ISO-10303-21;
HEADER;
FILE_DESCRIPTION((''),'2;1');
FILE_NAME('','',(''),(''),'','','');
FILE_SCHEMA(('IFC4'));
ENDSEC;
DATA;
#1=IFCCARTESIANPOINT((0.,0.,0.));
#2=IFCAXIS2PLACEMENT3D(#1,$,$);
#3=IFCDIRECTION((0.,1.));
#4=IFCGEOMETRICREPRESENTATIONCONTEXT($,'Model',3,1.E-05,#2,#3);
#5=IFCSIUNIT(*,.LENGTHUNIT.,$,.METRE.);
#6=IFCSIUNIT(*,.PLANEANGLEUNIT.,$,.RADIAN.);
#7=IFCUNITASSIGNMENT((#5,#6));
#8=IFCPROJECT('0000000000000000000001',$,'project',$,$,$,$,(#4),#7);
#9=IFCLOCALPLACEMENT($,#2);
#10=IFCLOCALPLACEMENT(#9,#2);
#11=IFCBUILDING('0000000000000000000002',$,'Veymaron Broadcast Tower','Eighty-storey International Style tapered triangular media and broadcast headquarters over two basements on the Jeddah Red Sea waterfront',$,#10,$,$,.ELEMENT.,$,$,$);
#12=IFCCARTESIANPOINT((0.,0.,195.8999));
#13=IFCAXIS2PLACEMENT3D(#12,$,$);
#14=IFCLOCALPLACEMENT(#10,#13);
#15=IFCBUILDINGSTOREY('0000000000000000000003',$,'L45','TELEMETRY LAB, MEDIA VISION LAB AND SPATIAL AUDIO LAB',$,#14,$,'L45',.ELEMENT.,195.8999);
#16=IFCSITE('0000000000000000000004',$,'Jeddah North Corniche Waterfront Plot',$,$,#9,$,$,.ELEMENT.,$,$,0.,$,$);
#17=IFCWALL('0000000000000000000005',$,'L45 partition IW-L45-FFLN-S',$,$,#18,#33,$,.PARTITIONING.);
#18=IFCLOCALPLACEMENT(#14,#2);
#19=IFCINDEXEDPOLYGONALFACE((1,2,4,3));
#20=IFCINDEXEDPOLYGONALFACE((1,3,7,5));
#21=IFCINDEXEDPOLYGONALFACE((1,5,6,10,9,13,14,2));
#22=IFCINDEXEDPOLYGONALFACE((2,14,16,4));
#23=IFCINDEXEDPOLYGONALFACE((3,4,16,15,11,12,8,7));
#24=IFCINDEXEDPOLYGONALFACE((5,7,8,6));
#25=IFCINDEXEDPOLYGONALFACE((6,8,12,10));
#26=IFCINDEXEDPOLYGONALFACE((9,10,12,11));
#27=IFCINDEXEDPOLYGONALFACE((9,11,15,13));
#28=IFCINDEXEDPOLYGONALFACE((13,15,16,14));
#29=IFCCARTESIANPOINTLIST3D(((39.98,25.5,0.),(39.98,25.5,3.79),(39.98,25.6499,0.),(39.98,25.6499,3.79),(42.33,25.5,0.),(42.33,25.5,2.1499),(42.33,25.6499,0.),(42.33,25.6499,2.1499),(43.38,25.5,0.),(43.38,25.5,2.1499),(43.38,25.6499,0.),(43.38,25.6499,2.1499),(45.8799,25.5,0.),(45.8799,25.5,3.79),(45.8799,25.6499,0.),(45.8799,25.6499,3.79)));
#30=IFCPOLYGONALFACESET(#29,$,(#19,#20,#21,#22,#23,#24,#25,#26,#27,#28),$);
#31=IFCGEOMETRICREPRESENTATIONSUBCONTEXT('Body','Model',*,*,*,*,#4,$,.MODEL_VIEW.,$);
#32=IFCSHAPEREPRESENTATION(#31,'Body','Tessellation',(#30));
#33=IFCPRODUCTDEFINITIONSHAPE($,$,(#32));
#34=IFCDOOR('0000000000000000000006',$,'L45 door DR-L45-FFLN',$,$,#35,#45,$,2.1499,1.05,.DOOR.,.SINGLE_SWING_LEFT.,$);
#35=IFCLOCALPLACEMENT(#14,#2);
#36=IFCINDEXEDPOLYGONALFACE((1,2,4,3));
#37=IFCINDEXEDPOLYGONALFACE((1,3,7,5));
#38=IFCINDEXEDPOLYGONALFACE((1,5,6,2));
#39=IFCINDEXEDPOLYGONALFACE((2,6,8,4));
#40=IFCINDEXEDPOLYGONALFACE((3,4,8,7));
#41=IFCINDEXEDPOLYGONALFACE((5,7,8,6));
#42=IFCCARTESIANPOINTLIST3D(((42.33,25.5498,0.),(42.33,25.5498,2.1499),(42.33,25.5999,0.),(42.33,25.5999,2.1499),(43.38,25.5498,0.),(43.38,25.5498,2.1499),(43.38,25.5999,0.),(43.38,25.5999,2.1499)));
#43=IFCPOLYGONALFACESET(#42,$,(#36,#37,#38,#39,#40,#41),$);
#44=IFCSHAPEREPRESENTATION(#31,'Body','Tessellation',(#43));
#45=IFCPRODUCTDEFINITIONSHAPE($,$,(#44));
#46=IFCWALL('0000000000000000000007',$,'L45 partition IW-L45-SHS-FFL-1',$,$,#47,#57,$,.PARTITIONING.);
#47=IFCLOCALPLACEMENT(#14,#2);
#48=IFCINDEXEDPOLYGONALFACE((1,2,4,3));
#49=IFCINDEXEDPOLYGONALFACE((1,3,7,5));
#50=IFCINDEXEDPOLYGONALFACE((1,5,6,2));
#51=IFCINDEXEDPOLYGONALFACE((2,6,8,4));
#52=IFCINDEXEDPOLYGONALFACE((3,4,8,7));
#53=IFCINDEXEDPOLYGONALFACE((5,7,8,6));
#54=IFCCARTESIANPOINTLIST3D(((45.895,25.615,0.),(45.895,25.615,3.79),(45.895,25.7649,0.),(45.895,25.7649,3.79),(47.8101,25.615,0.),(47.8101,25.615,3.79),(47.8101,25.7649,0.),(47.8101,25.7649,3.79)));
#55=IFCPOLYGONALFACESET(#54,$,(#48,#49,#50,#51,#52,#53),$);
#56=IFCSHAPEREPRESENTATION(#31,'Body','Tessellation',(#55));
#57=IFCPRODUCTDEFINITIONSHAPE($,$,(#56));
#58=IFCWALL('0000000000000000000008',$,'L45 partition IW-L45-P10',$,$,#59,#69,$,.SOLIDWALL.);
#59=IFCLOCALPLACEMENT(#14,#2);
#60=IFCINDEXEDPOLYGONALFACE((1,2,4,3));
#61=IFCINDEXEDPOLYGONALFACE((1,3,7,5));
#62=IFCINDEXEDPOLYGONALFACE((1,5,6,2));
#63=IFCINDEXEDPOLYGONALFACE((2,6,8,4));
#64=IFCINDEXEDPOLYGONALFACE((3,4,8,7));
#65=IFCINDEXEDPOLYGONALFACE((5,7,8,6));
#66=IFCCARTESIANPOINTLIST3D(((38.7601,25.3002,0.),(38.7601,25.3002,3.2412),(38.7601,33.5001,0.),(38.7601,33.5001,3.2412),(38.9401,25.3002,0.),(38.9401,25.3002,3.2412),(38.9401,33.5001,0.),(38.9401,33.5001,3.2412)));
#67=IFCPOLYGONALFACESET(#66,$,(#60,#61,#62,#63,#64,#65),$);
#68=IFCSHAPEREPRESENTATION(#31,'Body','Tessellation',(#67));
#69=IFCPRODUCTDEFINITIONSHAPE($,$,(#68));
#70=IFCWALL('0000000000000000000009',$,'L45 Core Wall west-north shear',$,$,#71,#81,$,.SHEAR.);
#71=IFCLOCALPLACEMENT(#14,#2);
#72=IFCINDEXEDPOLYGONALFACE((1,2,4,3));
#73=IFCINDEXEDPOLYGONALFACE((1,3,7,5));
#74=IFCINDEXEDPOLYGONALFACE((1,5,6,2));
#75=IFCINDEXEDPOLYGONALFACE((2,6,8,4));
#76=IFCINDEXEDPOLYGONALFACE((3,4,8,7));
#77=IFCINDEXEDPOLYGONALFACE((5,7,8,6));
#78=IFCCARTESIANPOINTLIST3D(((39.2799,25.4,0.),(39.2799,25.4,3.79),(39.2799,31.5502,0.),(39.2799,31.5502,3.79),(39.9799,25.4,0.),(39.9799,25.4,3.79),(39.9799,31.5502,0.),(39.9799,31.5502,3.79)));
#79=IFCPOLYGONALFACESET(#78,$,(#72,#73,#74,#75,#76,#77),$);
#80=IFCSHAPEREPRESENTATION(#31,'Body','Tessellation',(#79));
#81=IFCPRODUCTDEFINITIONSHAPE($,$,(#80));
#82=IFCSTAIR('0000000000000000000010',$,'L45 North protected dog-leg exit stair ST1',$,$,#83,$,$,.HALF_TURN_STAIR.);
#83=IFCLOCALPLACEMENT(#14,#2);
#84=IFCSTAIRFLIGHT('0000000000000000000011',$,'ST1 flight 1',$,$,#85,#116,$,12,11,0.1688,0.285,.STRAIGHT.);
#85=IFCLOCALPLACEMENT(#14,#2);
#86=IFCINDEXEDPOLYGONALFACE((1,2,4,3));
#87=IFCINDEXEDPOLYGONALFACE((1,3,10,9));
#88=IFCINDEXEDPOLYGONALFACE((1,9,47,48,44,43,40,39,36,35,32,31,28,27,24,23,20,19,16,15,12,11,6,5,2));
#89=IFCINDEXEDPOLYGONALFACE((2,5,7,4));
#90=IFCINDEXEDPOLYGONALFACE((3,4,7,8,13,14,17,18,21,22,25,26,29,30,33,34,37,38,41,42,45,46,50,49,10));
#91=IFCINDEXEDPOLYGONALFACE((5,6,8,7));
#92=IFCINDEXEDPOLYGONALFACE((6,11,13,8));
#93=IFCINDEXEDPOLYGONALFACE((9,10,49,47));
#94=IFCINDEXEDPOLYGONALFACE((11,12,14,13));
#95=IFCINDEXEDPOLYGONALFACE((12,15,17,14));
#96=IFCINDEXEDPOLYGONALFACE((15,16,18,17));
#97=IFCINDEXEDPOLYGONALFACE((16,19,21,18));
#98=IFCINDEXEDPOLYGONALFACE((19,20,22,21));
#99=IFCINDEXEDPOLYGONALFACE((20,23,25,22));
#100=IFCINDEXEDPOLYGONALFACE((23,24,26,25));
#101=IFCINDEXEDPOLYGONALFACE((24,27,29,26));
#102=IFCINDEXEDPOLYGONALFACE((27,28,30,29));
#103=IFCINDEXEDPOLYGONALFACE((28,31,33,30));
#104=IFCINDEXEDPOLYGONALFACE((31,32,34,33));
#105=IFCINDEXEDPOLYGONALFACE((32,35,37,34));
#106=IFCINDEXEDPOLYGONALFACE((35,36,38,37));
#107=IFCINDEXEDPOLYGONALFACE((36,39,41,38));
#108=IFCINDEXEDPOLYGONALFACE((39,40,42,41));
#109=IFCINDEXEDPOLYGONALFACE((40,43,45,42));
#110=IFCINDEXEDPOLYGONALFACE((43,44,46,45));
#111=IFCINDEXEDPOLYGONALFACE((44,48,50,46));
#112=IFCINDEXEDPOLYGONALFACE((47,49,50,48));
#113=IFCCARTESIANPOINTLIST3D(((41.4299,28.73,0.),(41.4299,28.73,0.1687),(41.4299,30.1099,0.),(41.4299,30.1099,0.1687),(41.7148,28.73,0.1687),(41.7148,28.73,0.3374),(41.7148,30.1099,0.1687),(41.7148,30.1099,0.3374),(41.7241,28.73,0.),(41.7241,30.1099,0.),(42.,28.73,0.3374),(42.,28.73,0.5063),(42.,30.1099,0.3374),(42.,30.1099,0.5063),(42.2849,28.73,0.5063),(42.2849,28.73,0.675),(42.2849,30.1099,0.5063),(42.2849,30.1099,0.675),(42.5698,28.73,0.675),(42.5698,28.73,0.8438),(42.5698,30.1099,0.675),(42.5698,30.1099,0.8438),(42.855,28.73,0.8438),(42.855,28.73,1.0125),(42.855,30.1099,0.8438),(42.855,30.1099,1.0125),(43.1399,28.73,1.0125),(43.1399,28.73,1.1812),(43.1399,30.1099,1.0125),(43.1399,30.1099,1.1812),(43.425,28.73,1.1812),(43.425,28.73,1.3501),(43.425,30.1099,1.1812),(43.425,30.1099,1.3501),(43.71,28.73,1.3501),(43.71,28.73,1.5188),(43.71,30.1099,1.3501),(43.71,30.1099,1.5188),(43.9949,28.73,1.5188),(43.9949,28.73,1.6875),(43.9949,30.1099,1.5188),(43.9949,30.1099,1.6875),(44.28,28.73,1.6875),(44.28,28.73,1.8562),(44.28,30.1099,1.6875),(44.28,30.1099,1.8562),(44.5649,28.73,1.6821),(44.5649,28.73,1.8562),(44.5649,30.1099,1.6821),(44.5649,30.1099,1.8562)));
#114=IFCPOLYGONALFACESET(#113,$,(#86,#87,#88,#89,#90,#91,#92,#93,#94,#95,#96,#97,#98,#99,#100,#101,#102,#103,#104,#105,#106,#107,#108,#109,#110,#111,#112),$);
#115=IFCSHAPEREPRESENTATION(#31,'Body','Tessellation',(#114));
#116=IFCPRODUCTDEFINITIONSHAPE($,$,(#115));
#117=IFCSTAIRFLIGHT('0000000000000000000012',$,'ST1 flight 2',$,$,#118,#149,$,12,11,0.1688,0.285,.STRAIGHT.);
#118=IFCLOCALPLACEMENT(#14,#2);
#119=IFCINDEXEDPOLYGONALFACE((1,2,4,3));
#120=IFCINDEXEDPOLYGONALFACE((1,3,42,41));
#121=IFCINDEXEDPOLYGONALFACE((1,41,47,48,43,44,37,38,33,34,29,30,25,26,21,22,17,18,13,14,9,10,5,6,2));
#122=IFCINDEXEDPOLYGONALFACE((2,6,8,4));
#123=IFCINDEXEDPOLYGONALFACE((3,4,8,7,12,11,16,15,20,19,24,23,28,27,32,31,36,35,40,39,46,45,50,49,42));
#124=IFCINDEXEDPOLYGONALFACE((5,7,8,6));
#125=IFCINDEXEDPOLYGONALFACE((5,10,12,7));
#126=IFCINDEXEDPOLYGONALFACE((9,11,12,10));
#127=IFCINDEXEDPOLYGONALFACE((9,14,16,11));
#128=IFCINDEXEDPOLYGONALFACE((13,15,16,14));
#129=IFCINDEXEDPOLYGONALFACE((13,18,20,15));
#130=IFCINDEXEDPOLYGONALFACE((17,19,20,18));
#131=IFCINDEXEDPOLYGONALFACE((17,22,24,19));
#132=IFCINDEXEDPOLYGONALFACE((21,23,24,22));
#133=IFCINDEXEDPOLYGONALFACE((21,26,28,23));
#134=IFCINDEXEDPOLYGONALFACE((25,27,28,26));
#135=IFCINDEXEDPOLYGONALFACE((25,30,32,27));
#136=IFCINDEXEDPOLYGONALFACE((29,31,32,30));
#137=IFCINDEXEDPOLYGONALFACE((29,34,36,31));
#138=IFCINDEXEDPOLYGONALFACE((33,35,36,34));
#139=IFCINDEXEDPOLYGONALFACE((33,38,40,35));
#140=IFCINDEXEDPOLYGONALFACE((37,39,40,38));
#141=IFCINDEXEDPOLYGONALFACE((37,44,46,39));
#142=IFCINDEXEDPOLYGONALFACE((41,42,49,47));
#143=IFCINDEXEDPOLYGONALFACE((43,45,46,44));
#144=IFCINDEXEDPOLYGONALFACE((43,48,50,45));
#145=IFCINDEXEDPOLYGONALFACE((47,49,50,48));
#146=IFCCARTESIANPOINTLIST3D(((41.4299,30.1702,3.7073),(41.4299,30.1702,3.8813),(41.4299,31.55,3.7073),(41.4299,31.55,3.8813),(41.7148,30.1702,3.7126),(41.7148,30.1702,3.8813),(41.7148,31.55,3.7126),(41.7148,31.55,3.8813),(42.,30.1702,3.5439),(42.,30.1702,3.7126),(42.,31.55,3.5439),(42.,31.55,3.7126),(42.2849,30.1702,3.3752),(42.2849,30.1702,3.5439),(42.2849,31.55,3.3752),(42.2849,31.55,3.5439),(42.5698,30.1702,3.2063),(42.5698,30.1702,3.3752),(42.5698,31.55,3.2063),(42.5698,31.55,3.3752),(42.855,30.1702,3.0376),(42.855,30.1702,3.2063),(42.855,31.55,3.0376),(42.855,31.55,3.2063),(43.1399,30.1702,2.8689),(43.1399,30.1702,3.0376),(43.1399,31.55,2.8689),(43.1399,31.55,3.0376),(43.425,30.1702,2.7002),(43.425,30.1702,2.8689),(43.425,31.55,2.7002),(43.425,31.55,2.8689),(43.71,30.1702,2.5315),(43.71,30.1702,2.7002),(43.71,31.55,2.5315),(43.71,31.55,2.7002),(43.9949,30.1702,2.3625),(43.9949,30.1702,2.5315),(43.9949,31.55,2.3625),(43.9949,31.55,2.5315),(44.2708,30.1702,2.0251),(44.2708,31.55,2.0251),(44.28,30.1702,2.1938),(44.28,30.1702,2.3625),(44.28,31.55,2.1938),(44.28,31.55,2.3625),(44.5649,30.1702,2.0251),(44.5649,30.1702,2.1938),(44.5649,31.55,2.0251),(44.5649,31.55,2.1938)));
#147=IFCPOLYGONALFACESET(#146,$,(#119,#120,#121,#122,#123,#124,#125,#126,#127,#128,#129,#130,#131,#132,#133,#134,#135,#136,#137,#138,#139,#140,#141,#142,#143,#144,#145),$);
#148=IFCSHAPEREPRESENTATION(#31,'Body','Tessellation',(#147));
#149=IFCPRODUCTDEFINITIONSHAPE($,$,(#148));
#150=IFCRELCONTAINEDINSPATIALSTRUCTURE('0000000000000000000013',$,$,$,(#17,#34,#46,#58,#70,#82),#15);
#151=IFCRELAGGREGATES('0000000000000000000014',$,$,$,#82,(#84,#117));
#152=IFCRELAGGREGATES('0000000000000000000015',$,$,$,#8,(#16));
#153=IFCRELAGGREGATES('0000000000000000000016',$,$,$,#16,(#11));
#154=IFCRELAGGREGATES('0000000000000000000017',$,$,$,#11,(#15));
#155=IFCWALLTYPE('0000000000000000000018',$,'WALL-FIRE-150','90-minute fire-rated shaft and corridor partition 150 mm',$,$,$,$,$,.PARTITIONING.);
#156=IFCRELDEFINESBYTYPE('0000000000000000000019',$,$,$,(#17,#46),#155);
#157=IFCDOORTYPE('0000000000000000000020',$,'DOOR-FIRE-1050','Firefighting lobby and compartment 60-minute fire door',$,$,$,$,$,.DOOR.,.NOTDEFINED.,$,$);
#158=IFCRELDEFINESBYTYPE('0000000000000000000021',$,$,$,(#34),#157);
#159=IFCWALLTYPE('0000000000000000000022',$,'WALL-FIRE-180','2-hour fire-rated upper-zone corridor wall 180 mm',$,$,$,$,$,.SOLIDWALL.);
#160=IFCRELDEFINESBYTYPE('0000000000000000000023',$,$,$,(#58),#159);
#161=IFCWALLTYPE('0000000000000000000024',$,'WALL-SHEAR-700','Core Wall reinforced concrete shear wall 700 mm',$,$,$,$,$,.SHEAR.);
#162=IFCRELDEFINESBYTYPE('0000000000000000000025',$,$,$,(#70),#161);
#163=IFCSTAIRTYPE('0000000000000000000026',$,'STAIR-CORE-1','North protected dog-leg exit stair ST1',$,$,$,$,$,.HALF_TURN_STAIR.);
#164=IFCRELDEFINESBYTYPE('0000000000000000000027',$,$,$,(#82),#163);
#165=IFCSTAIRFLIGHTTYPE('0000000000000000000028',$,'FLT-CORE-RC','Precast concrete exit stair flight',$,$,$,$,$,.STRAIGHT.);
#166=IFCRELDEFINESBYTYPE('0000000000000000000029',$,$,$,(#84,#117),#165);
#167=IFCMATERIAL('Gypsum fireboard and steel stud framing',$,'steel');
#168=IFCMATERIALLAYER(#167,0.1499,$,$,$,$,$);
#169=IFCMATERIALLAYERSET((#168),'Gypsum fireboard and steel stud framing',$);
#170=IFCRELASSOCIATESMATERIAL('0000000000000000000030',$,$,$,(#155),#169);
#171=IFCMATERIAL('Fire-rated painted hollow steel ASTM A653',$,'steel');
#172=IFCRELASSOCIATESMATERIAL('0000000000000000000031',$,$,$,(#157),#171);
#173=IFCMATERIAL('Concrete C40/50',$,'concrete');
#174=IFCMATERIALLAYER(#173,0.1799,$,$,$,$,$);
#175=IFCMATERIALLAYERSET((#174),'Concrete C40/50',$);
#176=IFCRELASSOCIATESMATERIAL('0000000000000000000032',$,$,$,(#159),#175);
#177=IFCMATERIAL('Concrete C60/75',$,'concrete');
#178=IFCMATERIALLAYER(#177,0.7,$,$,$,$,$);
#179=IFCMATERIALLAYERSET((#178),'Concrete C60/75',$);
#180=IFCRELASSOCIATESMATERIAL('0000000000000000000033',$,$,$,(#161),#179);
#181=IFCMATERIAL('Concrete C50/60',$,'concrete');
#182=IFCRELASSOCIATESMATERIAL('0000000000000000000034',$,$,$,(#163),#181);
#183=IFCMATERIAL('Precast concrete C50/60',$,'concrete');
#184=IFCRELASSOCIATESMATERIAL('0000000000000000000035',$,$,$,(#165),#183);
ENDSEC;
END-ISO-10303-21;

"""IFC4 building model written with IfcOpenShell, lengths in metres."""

from ifc_helpers import new_model, si_unit, direction, frame, frame_2d, origin, place, context, subcontext, project, spatial, polyline, rectangle, outline, extrude, material, layer, layer_set, type_object, element, fill, aggregate, save


model = new_model("IFC4")

# Units and contexts
model_context = context("Model", 3, precision=1e-05, world=origin(), true_north=direction((0.0, 1.0)))
body_context = subcontext(model_context, "Body", "Model", "MODEL_VIEW")
ifc_project = project(units=[si_unit("LENGTHUNIT", "METRE"), si_unit("PLANEANGLEUNIT", "RADIAN")], contexts=[model_context])

# Site, building, storey
site_placement = place(None, origin())
site = spatial("IfcSite", under=ifc_project, at=site_placement, Name="Jeddah North Corniche Waterfront Plot", CompositionType="ELEMENT", RefElevation=0.0)
building_placement = place(site_placement, origin())
building = spatial("IfcBuilding", under=site, at=building_placement, Name="Veymaron Broadcast Tower", Description="Eighty-storey International Style tapered triangular media and broadcast headquarters over two basements on the Jeddah Red Sea waterfront", CompositionType="ELEMENT")
storey_placement = place(building_placement, frame((0.0, 0.0, 195.8999)))
storey = spatial("IfcBuildingStorey", under=building, at=storey_placement, Name="L45", Description="TELEMETRY LAB, MEDIA VISION LAB AND SPATIAL AUDIO LAB", LongName="L45", CompositionType="ELEMENT", Elevation=195.8999)

# Shared definitions
ifc_material_1 = material(Name="Concrete C60/75", Category="concrete")

# Wall, opening, door
ifc_material_2 = material(Name="Gypsum fireboard and steel stud framing", Category="steel")
ifc_layer_1 = layer(ifc_material_2, 0.1499)
ifc_layer_set_1 = layer_set([ifc_layer_1], Name="Gypsum fireboard and steel stud framing")
wall_type_1 = type_object("IfcWallType", Name="WALL-FIRE-150", Description="90-minute fire-rated shaft and corridor partition 150 mm", PredefinedType="PARTITIONING", material=ifc_layer_set_1)
wall_1_placement = place(storey_placement, frame((39.98, 25.575, 0.0), z_axis=(0.0, 0.0, 1.0), x_axis=(1.0, 0.0, 0.0)))
wall_1 = element("IfcWall", 1, at=wall_1_placement, inside=storey, type_object=wall_type_1, Name="L45 partition IW-L45-FFLN-S", PredefinedType="PARTITIONING", context=body_context, shape_type="SweptSolid", body=[
    extrude(rectangle(XDim=5.8999, YDim=0.1499, at=frame_2d((2.95, 0.0))), origin(), (0.0, 0.0, 1.0), 3.79),
])
opening_1_placement = place(wall_1_placement, frame((2.3501, 0.0, 0.0)))
opening_1 = element("IfcOpeningElement", 2, at=opening_1_placement, cuts=wall_1, PredefinedType="OPENING", context=body_context, shape_type="SweptSolid", body=[
    extrude(rectangle(XDim=1.05, YDim=2.1499, at=frame_2d((0.5249, 1.075))), frame((0.0, 0.085, 0.0), z_axis=(0.0, -1.0, 0.0), x_axis=(1.0, 0.0, 0.0)), (0.0, 0.0, 1.0), 0.1699),
])
ifc_material_3 = material(Name="Fire-rated painted hollow steel ASTM A653", Category="steel")
door_type_1 = type_object("IfcDoorType", Name="DOOR-FIRE-1050", Description="Firefighting lobby and compartment 60-minute fire door", OperationType="NOTDEFINED", PredefinedType="DOOR", material=ifc_material_3)
door_1_placement = place(opening_1_placement, origin())
door_1 = element("IfcDoor", 3, at=door_1_placement, inside=storey, type_object=door_type_1, Name="L45 door DR-L45-FFLN", OperationType="SINGLE_SWING_LEFT", OverallHeight=2.1499, OverallWidth=1.05, PredefinedType="DOOR", context=body_context, shape_type="SweptSolid", body=[
    extrude(rectangle(XDim=1.05, YDim=2.1499, at=frame_2d((0.5249, 1.075))), frame((0.0, 0.0249, 0.0), z_axis=(0.0, -1.0, 0.0), x_axis=(1.0, 0.0, 0.0)), (0.0, 0.0, 1.0), 0.05),
])
fill(opening_1, door_1)

# Walls
wall_2_placement = place(storey_placement, frame((45.895, 25.6899, 0.0), z_axis=(0.0, 0.0, 1.0), x_axis=(1.0, 0.0, 0.0)))
element("IfcWall", 4, at=wall_2_placement, inside=storey, type_object=wall_type_1, Name="L45 partition IW-L45-SHS-FFL-1", PredefinedType="PARTITIONING", context=body_context, shape_type="SweptSolid", body=[
    extrude(rectangle(XDim=1.915, YDim=0.1499, at=frame_2d((0.9575, 0.0))), origin(), (0.0, 0.0, 1.0), 3.79),
])
ifc_material_4 = material(Name="Concrete C40/50", Category="concrete")
ifc_layer_2 = layer(ifc_material_4, 0.1799)
ifc_layer_set_2 = layer_set([ifc_layer_2], Name="Concrete C40/50")
wall_type_2 = type_object("IfcWallType", Name="WALL-FIRE-180", Description="2-hour fire-rated upper-zone corridor wall 180 mm", PredefinedType="SOLIDWALL", material=ifc_layer_set_2)
wall_3_placement = place(storey_placement, frame((38.8501, 25.3, 0.0), z_axis=(0.0, 0.0, 1.0), x_axis=(0.0, 1.0, 0.0)))
element("IfcWall", 5, at=wall_3_placement, inside=storey, type_object=wall_type_2, Name="L45 partition IW-L45-P10", PredefinedType="SOLIDWALL", context=body_context, shape_type="SweptSolid", body=[
    extrude(rectangle(XDim=8.2, YDim=0.1799, at=frame_2d((4.1001, 0.0))), origin(), (0.0, 0.0, 1.0), 3.2412),
])

# Shared definitions
ifc_material_5 = material(Name="Concrete C50/60", Category="concrete")

# Wall
ifc_layer_3 = layer(ifc_material_1, 0.7)
ifc_layer_set_3 = layer_set([ifc_layer_3], Name="Concrete C60/75")
wall_type_3 = type_object("IfcWallType", Name="WALL-SHEAR-700", Description="Core Wall reinforced concrete shear wall 700 mm", PredefinedType="SHEAR", material=ifc_layer_set_3)
wall_4_placement = place(storey_placement, frame((39.6299, 25.3999, 0.0), z_axis=(0.0, 0.0, 1.0), x_axis=(0.0, 1.0, 0.0)))
element("IfcWall", 6, at=wall_4_placement, inside=storey, type_object=wall_type_3, Name="L45 Core Wall west-north shear", PredefinedType="SHEAR", context=body_context, shape_type="SweptSolid", body=[
    extrude(rectangle(XDim=6.1501, YDim=0.7, at=frame_2d((3.0752, 0.0))), origin(), (0.0, 0.0, 1.0), 3.79),
])

# Stair, stair flights
stair_type = type_object("IfcStairType", Name="STAIR-CORE-1", Description="North protected dog-leg exit stair ST1", PredefinedType="HALF_TURN_STAIR", material=ifc_material_5)
stair_placement = place(storey_placement, origin())
stair = element("IfcStair", 7, at=stair_placement, inside=storey, type_object=stair_type, Name="L45 North protected dog-leg exit stair ST1", PredefinedType="HALF_TURN_STAIR")
ifc_material_6 = material(Name="Precast concrete C50/60", Category="concrete")
stair_flight_type = type_object("IfcStairFlightType", Name="FLT-CORE-RC", Description="Precast concrete exit stair flight", PredefinedType="STRAIGHT", material=ifc_material_6)
stair_flight_1_placement = place(storey_placement, frame((41.4299, 29.4199, 0.0), z_axis=(0.0, 0.0, 1.0), x_axis=(1.0, 0.0, 0.0)))
stair_flight_1 = element("IfcStairFlight", 8, at=stair_flight_1_placement, type_object=stair_flight_type, Name="ST1 flight 1", NumberOfRisers=12, NumberOfTreads=11, PredefinedType="STRAIGHT", RiserHeight=0.1688, TreadLength=0.285, context=body_context, shape_type="SweptSolid", body=[
    extrude(outline(polyline([(0.0, 0.0), (0.0, 0.1687), (0.2849, 0.1687), (0.2849, 0.3374), (0.5701, 0.3374), (0.5701, 0.5063), (0.855, 0.5063), (0.855, 0.675), (1.1399, 0.675), (1.1399, 0.8438), (1.425, 0.8438), (1.425, 1.0125), (1.71, 1.0125), (1.71, 1.1812), (1.9951, 1.1812), (1.9951, 1.3501), (2.28, 1.3501), (2.28, 1.5188), (2.5649, 1.5188), (2.5649, 1.6875), (2.8501, 1.6875), (2.8501, 1.8562), (3.135, 1.8562), (3.135, 2.0249), (3.135, 1.6821), (0.2942, 0.0), (0.0, 0.0)])), frame((0.0, 0.6899, 0.0), z_axis=(0.0, -1.0, 0.0), x_axis=(1.0, 0.0, 0.0)), (0.0, 0.0, 1.0), 1.3799),
])
stair_flight_2_placement = place(storey_placement, frame((44.5649, 30.8601, 2.0251), z_axis=(0.0, 0.0, 1.0), x_axis=(-1.0, 0.0, 0.0)))
stair_flight_2 = element("IfcStairFlight", 9, at=stair_flight_2_placement, type_object=stair_flight_type, Name="ST1 flight 2", NumberOfRisers=12, NumberOfTreads=11, PredefinedType="STRAIGHT", RiserHeight=0.1688, TreadLength=0.285, context=body_context, shape_type="SweptSolid", body=[
    extrude(outline(polyline([(0.0, 0.0), (0.0, 0.1687), (0.2849, 0.1687), (0.2849, 0.3374), (0.5701, 0.3374), (0.5701, 0.5063), (0.855, 0.5063), (0.855, 0.675), (1.1399, 0.675), (1.1399, 0.8438), (1.425, 0.8438), (1.425, 1.0125), (1.71, 1.0125), (1.71, 1.1812), (1.9951, 1.1812), (1.9951, 1.3501), (2.28, 1.3501), (2.28, 1.5188), (2.5649, 1.5188), (2.5649, 1.6875), (2.8501, 1.6875), (2.8501, 1.8562), (3.135, 1.8562), (3.135, 2.0249), (3.135, 1.6821), (0.2942, 0.0), (0.0, 0.0)])), frame((0.0, 0.6899, 0.0), z_axis=(0.0, -1.0, 0.0), x_axis=(1.0, 0.0, 0.0)), (0.0, 0.0, 1.0), 1.3799),
])
aggregate(stair, [stair_flight_1, stair_flight_2])

save(model, "model.ifc")
